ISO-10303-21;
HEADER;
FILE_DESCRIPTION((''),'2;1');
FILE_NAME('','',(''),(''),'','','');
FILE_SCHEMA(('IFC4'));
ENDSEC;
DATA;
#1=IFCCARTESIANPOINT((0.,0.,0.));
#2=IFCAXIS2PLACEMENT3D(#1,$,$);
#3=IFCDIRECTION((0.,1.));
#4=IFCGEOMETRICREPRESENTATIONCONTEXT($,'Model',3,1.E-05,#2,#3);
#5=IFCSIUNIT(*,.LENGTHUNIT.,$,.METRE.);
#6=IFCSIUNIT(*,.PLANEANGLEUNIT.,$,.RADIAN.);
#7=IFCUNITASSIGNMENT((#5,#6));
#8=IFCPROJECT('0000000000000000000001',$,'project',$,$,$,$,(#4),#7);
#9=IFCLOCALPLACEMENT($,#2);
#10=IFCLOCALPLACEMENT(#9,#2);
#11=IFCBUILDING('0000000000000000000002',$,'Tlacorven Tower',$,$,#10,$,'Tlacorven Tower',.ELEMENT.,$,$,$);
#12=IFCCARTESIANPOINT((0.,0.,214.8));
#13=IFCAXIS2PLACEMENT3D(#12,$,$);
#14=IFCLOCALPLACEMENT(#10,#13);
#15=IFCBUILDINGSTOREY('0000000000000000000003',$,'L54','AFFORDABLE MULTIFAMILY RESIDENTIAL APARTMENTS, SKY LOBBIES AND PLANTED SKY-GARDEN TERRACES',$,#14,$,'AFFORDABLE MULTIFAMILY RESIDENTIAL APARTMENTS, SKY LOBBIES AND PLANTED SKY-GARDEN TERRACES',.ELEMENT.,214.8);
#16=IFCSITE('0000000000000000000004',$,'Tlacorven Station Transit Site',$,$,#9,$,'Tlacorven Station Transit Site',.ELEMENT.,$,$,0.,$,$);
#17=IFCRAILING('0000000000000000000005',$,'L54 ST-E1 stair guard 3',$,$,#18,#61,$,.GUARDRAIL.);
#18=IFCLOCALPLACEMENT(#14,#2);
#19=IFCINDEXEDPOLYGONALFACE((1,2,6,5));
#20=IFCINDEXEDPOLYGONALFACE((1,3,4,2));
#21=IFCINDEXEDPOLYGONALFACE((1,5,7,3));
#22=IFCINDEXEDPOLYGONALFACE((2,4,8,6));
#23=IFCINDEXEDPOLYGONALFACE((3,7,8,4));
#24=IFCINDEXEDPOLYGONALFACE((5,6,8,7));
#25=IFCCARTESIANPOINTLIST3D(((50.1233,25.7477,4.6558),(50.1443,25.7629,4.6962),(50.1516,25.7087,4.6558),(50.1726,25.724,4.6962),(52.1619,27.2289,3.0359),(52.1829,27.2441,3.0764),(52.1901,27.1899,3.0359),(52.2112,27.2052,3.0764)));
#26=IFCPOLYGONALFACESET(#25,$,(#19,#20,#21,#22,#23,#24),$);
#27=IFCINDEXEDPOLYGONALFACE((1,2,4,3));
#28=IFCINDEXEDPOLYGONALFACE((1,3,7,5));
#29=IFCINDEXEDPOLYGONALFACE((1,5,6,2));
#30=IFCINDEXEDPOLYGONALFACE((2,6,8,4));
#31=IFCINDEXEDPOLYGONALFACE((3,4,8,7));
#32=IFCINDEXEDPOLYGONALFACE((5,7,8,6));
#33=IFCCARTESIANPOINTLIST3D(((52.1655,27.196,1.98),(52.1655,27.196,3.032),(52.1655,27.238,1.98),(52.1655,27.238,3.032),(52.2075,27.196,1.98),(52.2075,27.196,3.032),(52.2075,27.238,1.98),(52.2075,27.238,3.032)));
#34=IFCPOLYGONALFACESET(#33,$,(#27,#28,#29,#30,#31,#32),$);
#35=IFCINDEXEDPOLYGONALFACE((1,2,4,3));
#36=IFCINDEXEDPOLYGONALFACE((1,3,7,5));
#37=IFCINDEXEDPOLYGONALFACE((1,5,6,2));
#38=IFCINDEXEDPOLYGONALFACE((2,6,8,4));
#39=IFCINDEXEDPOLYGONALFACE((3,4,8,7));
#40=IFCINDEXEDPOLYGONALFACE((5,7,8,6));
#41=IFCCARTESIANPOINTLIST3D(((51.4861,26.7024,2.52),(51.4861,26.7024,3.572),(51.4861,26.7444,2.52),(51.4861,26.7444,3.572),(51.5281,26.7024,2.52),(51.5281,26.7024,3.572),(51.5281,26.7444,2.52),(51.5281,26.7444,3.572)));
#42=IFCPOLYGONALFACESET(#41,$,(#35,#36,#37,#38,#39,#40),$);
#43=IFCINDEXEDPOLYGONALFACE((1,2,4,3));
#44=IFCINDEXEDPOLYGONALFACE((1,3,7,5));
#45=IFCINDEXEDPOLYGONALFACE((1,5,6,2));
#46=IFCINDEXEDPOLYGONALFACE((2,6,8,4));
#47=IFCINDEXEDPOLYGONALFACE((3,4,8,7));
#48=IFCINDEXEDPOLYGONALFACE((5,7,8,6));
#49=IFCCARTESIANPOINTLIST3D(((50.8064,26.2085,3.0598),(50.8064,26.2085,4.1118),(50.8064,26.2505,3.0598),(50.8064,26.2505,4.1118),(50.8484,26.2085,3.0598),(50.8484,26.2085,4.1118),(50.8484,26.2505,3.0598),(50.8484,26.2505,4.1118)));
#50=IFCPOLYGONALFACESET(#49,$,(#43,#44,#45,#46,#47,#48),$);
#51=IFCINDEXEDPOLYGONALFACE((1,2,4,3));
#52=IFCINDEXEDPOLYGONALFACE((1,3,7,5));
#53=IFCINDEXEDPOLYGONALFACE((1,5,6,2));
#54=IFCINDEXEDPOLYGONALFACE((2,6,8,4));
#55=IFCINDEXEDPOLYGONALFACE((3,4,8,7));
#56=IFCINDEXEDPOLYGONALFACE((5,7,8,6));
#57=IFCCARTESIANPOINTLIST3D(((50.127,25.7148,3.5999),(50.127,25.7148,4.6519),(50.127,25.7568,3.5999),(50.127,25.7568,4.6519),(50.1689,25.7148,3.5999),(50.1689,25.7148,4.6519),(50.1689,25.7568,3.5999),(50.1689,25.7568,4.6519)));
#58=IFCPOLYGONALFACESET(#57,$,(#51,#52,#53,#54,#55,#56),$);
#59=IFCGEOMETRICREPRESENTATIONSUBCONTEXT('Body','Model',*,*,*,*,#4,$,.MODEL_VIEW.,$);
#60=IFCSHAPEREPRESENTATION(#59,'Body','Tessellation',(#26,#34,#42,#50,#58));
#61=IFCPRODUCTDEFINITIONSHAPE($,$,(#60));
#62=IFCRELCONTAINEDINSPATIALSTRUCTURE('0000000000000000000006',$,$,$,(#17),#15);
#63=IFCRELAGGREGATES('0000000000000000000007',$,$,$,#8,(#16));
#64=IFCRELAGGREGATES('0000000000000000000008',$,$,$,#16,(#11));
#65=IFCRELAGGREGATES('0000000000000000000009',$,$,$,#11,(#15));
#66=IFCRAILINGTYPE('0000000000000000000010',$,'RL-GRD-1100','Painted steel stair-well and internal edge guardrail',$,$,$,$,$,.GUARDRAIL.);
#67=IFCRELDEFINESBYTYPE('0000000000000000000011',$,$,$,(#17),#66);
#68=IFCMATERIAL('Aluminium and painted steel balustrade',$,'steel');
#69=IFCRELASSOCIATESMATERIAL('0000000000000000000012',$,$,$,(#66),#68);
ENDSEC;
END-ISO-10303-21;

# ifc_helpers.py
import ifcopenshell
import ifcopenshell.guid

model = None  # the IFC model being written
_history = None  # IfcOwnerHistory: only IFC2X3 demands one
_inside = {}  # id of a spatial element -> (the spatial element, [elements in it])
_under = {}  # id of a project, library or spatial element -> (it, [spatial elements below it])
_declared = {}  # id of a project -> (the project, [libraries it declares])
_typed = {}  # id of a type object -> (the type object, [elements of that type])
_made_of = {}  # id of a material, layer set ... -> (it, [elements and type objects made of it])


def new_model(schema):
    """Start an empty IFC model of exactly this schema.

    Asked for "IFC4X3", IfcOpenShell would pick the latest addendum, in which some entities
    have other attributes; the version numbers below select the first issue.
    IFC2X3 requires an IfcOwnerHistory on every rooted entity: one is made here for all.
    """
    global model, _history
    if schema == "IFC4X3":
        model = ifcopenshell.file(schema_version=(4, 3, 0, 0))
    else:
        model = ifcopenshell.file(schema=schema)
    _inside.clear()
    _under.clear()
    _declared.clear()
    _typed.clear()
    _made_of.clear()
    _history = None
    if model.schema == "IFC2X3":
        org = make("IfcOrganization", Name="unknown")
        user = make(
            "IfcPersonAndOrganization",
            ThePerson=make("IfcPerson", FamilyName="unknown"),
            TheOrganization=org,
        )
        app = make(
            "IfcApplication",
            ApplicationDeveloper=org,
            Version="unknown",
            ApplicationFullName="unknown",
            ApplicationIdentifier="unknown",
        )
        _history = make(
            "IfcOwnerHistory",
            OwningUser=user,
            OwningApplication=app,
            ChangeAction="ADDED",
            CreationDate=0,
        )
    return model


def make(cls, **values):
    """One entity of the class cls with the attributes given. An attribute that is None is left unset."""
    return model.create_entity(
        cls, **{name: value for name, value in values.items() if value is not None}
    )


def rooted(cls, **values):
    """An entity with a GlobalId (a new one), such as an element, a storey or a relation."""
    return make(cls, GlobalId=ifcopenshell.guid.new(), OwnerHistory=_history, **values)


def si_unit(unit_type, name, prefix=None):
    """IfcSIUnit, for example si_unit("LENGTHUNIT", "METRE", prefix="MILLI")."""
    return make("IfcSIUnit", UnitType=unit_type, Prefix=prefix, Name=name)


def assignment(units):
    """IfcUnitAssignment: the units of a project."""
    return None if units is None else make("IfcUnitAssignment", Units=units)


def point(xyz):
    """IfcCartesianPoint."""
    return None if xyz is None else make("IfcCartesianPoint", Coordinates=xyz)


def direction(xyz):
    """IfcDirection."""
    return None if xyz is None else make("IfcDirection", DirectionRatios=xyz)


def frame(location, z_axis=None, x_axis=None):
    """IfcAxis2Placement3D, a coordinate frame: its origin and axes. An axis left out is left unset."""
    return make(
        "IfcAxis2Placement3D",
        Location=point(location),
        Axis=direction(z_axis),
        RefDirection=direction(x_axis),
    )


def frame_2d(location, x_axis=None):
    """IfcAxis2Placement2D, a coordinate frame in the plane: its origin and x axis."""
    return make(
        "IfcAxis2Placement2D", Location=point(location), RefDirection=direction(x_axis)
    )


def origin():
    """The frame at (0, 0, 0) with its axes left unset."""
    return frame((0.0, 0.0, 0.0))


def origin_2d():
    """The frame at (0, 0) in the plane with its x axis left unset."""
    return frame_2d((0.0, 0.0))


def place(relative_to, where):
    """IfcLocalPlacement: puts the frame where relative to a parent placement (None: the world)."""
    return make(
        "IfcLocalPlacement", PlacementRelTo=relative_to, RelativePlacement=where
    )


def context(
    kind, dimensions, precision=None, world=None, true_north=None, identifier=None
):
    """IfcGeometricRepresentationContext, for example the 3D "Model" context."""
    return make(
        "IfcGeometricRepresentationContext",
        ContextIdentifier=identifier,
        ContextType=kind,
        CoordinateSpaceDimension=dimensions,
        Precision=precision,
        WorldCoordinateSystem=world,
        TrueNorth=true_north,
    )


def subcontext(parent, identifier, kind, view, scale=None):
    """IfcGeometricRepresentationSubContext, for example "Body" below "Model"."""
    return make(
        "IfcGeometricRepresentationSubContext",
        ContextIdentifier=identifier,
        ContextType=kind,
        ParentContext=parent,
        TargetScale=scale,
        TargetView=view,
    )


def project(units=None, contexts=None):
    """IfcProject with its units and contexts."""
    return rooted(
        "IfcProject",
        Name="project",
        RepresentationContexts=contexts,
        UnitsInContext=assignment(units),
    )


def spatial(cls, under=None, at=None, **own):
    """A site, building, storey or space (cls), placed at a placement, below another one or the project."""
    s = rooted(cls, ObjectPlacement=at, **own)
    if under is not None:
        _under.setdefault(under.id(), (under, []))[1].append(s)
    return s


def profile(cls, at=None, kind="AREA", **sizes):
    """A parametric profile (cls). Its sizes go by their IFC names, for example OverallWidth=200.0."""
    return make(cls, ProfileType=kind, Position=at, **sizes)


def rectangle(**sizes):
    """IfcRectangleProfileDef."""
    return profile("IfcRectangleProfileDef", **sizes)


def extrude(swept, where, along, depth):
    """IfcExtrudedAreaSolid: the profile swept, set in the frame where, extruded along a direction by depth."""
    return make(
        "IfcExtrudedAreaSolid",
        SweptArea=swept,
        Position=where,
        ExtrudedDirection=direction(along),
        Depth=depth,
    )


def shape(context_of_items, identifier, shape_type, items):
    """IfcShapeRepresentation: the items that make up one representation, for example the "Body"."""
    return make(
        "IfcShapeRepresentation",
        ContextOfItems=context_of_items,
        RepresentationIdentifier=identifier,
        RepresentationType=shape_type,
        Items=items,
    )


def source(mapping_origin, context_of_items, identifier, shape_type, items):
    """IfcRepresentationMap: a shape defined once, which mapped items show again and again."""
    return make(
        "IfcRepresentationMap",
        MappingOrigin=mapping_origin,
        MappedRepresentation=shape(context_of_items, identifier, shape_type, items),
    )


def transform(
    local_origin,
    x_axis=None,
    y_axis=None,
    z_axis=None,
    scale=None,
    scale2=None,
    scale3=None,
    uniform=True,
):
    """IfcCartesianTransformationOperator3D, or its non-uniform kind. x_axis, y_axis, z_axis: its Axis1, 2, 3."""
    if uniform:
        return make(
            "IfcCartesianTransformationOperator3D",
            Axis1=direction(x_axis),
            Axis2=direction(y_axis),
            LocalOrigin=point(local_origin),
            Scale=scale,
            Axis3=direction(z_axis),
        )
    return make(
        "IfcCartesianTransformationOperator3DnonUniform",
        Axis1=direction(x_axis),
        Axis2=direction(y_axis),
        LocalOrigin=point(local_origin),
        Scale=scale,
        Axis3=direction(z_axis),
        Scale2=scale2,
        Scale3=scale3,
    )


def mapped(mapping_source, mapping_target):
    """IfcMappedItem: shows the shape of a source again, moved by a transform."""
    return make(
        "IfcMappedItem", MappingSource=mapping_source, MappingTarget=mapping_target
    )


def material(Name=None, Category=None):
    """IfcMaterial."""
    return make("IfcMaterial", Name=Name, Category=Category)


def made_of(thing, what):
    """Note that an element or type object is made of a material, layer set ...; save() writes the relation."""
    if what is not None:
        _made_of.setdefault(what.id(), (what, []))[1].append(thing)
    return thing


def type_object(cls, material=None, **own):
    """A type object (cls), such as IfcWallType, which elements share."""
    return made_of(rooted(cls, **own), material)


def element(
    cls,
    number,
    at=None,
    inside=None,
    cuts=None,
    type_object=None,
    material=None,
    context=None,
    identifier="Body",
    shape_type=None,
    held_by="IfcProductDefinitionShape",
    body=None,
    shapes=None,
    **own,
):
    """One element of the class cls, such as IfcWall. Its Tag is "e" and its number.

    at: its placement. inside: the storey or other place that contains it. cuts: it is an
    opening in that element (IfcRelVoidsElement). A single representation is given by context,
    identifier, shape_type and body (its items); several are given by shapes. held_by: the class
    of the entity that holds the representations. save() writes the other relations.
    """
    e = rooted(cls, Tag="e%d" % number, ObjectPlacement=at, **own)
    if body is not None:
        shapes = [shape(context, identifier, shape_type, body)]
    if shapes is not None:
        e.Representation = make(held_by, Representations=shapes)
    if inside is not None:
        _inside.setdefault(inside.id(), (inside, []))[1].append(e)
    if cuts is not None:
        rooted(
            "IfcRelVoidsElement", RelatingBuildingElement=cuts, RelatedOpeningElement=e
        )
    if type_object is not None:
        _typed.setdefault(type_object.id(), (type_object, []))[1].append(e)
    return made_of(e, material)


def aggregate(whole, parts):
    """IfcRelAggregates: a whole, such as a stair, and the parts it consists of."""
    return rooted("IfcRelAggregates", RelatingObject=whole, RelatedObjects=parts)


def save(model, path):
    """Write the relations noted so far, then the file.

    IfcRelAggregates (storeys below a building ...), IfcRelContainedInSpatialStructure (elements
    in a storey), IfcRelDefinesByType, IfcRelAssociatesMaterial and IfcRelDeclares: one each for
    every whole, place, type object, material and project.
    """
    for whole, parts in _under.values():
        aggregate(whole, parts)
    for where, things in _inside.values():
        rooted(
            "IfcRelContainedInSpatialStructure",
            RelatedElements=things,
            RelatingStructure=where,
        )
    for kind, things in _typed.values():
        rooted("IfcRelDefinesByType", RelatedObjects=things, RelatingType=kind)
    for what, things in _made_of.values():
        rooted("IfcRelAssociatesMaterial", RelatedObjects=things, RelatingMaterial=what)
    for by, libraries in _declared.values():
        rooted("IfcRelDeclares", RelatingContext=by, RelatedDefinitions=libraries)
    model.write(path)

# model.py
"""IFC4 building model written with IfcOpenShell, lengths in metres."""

from ifc_helpers import new_model, si_unit, direction, frame, origin, origin_2d, place, context, subcontext, project, spatial, rectangle, extrude, source, transform, mapped, material, type_object, element, save


model = new_model("IFC4")

# Units and contexts
model_context = context("Model", 3, precision=1e-05, world=origin(), true_north=direction((0.0, 1.0)))
body_context = subcontext(model_context, "Body", "Model", "MODEL_VIEW")
ifc_project = project(units=[si_unit("LENGTHUNIT", "METRE"), si_unit("PLANEANGLEUNIT", "RADIAN")], contexts=[model_context])

# Site, building, storey
site_placement = place(None, origin())
site = spatial("IfcSite", under=ifc_project, at=site_placement, Name="Tlacorven Station Transit Site", LongName="Tlacorven Station Transit Site", CompositionType="ELEMENT", RefElevation=0.0)
building_placement = place(site_placement, origin())
building = spatial("IfcBuilding", under=site, at=building_placement, Name="Tlacorven Tower", LongName="Tlacorven Tower", CompositionType="ELEMENT")
storey_placement = place(building_placement, frame((0.0, 0.0, 214.8)))
storey = spatial("IfcBuildingStorey", under=building, at=storey_placement, Name="L54", Description="AFFORDABLE MULTIFAMILY RESIDENTIAL APARTMENTS, SKY LOBBIES AND PLANTED SKY-GARDEN TERRACES", LongName="AFFORDABLE MULTIFAMILY RESIDENTIAL APARTMENTS, SKY LOBBIES AND PLANTED SKY-GARDEN TERRACES", CompositionType="ELEMENT", Elevation=214.8)

# Railing
ifc_material_1 = material(Name="Aluminium and painted steel balustrade", Category="steel")
railing_type_1 = type_object("IfcRailingType", Name="RL-GRD-1100", Description="Painted steel stair-well and internal edge guardrail", PredefinedType="GUARDRAIL", material=ifc_material_1)
shared_shape_1 = source(origin(), body_context, "Body", "SweptSolid", [
    extrude(rectangle(XDim=0.0481, YDim=0.0481, at=origin_2d()), frame((0.0, 0.0, 1.0762), z_axis=(-0.680519, -0.494456, 0.540747), x_axis=(0.587809, -0.809, 0.0)), (0.0, 0.0, 1.0), 2.9956),
    extrude(rectangle(XDim=0.042, YDim=0.042, at=origin_2d()), origin(), (0.0, 0.0, 1.0), 1.052),
    extrude(rectangle(XDim=0.042, YDim=0.042, at=origin_2d()), frame((-0.6794, -0.4937, 0.54)), (0.0, 0.0, 1.0), 1.052),
    extrude(rectangle(XDim=0.042, YDim=0.042, at=origin_2d()), frame((-1.3591, -0.9875, 1.0798)), (0.0, 0.0, 1.0), 1.052),
    extrude(rectangle(XDim=0.042, YDim=0.042, at=origin_2d()), frame((-2.0386, -1.4812, 1.6199)), (0.0, 0.0, 1.0), 1.052),
])
railing_1_placement = place(storey_placement, frame((52.1865, 27.217, 1.98)))
element("IfcRailing", 1, at=railing_1_placement, inside=storey, type_object=railing_type_1, Name="L54 ST-E1 stair guard 3", PredefinedType="GUARDRAIL", context=body_context, shape_type="MappedRepresentation", body=[
    mapped(shared_shape_1, transform((0.0, 0.0, 0.0), scale=1.0)),
])

save(model, "model.ifc")
